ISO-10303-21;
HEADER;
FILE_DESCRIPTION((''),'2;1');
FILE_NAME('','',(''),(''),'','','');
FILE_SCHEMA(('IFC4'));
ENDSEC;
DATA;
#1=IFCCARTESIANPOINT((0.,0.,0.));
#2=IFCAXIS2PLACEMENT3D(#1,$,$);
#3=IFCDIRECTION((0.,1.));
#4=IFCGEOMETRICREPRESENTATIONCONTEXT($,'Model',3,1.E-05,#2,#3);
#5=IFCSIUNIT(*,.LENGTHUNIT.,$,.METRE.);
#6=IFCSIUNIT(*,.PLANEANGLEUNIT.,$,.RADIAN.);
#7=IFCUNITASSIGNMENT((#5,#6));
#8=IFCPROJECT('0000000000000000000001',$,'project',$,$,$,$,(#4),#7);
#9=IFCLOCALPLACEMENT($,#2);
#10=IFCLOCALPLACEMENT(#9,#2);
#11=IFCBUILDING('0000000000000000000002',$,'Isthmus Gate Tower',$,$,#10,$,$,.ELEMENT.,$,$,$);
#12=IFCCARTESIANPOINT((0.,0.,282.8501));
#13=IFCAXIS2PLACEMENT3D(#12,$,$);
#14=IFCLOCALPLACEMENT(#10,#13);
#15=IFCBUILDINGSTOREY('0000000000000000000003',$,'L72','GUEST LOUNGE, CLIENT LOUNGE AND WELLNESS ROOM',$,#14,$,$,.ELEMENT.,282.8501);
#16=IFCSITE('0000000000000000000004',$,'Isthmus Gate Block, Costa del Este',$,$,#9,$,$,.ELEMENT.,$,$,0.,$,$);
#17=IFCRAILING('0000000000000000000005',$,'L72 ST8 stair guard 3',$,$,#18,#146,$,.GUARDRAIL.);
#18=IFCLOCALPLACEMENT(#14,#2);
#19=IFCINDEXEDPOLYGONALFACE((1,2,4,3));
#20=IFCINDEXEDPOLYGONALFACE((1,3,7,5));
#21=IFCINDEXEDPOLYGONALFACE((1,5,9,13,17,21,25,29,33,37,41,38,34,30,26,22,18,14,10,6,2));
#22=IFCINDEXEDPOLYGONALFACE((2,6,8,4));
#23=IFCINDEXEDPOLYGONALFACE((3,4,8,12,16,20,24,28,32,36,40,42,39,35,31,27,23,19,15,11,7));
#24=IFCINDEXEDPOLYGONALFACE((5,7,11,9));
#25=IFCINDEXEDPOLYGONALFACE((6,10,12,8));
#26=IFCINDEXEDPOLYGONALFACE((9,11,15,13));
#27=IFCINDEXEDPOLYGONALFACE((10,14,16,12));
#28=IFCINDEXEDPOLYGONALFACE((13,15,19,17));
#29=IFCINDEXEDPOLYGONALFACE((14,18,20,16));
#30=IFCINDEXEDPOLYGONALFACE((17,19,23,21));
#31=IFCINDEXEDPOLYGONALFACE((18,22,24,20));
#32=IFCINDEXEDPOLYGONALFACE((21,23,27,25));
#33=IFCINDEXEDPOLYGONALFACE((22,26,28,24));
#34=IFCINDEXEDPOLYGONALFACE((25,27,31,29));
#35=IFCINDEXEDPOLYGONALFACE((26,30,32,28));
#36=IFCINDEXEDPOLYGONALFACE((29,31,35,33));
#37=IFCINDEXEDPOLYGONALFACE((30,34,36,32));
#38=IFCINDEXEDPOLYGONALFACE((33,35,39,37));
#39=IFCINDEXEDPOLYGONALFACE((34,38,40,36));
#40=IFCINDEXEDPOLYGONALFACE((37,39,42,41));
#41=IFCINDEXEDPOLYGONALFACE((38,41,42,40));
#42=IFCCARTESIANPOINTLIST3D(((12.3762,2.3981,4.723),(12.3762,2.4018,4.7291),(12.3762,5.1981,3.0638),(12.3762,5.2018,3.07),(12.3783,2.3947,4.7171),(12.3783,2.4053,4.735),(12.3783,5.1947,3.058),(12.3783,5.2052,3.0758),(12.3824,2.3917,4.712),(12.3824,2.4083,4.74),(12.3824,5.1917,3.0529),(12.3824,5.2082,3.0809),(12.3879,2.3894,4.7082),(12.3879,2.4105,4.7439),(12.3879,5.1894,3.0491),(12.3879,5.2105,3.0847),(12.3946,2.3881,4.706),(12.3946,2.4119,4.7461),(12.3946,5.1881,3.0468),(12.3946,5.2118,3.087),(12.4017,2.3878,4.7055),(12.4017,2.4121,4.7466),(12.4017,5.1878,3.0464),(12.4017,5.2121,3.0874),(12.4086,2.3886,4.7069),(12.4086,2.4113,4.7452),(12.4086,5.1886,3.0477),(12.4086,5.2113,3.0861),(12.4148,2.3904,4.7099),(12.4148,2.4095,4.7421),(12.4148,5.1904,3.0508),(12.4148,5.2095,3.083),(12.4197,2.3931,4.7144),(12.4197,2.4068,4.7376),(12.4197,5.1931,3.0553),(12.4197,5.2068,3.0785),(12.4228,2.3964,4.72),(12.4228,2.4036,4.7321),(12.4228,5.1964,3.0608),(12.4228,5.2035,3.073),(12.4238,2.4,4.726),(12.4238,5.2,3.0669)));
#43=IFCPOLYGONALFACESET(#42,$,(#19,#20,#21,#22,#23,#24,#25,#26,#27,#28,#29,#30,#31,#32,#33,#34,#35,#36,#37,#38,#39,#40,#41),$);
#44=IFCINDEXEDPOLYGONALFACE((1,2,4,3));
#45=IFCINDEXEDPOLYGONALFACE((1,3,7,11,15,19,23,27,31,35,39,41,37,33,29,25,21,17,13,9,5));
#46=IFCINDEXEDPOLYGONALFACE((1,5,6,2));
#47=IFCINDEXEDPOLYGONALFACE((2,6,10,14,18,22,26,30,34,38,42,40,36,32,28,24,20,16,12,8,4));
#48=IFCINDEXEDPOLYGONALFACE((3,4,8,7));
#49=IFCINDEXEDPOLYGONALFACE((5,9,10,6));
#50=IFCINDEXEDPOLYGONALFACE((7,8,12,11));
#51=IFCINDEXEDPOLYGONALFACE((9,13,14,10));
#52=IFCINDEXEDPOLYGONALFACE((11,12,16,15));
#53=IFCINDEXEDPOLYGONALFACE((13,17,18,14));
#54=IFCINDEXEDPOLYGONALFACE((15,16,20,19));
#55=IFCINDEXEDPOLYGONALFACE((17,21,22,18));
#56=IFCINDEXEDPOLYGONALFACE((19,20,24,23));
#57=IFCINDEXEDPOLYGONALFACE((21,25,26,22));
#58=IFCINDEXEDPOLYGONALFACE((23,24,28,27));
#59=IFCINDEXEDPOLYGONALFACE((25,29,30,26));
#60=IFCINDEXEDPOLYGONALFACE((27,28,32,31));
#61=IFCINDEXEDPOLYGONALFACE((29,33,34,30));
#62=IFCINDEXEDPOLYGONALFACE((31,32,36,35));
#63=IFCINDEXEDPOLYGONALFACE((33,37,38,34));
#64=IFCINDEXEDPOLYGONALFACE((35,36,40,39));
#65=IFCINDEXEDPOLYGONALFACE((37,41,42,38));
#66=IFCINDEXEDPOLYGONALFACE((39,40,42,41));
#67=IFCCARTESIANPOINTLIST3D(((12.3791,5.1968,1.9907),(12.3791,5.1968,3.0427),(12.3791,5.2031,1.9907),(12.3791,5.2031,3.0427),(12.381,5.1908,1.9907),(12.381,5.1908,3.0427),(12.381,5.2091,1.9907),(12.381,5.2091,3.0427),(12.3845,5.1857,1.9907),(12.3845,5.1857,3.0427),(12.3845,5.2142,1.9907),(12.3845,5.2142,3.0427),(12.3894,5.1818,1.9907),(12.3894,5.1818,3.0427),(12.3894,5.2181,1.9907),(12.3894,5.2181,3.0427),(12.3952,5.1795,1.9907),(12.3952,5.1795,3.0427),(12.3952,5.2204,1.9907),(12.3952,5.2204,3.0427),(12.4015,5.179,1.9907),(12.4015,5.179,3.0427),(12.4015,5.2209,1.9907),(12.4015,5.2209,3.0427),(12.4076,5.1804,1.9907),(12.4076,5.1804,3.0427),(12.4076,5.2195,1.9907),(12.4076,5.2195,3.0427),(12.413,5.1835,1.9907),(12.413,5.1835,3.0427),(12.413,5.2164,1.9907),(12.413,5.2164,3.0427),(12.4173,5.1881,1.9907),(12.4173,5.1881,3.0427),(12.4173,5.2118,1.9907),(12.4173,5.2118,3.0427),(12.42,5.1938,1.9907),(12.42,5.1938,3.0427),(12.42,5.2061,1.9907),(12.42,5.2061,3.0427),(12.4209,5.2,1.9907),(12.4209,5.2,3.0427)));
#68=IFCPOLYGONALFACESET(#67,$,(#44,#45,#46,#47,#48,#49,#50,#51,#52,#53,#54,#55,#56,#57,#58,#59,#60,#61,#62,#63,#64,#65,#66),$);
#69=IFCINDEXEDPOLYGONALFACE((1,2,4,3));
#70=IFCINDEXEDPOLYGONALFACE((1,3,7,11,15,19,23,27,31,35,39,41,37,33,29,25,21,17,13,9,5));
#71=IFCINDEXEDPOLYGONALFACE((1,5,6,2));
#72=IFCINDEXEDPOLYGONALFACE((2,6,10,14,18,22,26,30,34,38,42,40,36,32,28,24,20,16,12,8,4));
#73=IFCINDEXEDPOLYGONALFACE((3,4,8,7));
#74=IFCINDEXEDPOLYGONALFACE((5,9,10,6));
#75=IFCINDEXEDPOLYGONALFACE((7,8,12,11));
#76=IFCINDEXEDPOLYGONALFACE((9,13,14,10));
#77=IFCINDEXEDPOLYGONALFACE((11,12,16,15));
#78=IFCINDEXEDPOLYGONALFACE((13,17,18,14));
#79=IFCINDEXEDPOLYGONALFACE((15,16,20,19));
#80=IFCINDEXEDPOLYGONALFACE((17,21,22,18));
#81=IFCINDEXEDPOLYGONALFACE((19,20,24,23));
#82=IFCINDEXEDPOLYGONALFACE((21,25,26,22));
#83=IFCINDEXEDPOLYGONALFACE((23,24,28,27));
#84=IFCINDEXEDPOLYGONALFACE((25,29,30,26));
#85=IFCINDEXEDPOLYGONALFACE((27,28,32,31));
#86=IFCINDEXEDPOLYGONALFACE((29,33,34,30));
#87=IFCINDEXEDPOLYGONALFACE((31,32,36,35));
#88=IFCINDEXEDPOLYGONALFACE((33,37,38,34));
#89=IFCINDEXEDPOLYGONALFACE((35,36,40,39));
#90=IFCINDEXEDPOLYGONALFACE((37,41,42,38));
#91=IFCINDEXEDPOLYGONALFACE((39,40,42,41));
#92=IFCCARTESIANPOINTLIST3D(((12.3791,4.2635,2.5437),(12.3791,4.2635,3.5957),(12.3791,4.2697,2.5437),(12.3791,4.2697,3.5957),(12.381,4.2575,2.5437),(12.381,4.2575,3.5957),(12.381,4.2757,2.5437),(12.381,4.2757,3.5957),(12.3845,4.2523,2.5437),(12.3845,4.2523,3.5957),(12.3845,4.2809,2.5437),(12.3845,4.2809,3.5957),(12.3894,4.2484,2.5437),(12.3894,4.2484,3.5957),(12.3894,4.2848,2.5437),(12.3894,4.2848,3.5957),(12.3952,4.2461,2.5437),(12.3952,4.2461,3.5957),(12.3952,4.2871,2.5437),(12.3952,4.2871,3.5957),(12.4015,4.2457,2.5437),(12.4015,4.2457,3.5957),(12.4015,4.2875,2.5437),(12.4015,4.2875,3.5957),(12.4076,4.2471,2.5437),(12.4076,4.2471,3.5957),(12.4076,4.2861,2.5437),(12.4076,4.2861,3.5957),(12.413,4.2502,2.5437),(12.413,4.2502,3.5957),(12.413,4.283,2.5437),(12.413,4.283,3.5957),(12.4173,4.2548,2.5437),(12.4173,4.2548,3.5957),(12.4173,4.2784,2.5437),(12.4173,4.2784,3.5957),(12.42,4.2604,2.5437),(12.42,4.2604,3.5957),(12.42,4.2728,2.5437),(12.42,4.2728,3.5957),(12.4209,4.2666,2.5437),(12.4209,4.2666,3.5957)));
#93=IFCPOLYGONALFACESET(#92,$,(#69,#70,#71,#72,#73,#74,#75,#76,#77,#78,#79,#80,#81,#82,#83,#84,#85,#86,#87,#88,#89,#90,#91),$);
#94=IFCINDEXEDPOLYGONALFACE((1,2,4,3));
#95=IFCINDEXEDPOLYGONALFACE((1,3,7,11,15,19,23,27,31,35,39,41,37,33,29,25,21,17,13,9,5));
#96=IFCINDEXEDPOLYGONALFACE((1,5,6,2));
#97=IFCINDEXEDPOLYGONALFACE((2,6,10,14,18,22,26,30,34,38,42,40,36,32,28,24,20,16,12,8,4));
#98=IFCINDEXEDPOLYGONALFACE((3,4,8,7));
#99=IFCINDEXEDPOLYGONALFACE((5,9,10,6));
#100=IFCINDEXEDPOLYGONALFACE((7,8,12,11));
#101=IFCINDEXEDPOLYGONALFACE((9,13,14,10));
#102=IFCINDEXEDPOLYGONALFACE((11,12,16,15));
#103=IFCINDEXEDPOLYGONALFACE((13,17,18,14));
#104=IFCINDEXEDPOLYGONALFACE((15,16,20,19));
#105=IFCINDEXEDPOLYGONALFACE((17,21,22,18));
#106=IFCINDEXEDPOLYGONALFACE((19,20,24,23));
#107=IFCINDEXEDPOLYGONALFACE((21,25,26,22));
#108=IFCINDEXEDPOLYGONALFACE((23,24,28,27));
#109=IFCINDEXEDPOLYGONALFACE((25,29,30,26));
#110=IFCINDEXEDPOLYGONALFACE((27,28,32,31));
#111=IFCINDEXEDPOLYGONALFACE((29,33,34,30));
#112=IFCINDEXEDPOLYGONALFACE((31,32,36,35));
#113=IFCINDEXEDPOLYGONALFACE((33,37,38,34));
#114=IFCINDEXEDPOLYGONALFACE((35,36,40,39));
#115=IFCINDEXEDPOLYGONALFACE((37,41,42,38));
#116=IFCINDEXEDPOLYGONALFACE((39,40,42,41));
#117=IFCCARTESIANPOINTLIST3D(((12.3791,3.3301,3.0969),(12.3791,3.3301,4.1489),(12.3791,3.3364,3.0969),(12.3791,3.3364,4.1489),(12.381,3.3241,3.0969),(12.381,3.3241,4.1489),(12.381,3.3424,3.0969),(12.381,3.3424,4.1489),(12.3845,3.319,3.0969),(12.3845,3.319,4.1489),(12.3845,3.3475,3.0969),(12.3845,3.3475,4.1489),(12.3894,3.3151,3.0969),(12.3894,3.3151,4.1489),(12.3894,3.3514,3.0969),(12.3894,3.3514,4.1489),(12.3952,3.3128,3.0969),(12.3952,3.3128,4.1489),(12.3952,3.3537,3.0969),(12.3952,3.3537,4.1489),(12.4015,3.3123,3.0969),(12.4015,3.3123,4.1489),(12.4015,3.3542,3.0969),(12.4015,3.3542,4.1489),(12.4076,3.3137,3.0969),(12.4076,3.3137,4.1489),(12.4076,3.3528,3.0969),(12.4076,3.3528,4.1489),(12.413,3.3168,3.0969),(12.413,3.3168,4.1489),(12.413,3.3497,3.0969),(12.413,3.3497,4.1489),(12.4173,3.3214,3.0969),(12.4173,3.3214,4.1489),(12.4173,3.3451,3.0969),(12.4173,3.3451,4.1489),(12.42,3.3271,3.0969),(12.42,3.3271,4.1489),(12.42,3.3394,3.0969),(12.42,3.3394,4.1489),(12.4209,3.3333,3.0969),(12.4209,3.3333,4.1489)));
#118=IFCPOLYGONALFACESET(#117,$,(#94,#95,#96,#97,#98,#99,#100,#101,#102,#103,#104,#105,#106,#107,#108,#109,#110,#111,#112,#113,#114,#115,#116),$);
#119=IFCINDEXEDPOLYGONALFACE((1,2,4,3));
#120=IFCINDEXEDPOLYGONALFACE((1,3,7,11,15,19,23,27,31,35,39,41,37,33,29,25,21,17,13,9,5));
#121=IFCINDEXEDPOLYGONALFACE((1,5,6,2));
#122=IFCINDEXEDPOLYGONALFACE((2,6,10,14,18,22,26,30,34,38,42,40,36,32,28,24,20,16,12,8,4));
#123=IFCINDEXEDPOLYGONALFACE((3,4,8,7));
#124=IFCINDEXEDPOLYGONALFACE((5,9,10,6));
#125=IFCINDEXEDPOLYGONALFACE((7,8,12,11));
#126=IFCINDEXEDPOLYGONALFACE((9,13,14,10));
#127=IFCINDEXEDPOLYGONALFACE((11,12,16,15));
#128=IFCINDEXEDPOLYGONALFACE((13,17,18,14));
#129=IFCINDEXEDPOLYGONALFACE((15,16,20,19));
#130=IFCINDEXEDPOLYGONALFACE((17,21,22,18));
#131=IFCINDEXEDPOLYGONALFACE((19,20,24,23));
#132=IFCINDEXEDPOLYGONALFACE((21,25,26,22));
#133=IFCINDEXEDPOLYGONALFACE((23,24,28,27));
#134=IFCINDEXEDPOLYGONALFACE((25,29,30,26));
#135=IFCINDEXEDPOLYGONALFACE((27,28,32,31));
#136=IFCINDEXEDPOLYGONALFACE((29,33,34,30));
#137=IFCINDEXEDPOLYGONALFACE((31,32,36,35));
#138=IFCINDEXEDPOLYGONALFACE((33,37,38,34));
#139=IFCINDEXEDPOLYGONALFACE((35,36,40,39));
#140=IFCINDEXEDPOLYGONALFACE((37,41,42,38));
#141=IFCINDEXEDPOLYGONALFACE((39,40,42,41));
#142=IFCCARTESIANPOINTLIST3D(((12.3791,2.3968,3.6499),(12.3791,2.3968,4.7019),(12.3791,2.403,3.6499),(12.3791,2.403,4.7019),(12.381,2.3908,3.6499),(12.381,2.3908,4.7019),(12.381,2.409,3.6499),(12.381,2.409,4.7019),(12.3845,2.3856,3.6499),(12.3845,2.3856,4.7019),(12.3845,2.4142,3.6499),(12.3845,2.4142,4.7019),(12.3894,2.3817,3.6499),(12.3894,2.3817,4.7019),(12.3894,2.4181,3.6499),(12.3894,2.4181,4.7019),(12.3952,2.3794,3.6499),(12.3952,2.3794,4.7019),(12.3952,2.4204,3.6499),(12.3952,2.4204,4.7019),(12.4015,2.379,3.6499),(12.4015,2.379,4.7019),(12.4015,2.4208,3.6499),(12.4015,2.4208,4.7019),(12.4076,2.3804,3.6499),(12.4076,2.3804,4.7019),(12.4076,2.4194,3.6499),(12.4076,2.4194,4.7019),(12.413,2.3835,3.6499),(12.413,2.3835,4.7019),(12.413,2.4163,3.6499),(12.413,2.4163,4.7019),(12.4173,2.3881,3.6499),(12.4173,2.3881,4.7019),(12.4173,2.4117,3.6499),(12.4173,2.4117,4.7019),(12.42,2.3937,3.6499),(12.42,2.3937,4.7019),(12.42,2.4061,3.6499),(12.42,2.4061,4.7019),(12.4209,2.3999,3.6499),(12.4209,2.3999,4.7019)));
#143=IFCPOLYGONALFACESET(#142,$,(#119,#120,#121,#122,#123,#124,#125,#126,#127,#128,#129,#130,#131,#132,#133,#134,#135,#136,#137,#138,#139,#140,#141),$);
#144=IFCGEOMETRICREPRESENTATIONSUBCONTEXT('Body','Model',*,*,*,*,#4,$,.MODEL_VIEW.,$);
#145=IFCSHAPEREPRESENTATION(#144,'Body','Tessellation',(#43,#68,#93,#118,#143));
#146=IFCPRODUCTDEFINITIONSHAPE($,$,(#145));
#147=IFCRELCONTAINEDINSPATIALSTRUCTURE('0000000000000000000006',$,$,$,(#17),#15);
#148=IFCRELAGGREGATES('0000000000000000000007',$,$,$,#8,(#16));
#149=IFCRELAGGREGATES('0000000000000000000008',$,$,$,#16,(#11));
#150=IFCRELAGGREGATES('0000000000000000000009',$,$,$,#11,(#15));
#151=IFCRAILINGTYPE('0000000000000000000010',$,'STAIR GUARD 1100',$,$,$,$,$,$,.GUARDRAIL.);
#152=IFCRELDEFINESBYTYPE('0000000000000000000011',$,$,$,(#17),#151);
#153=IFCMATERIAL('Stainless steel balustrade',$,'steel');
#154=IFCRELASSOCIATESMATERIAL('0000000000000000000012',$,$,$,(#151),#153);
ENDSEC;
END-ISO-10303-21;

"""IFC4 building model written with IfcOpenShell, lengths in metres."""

from ifc_helpers import new_model, si_unit, direction, frame, origin, origin_2d, place, context, subcontext, project, spatial, circle, extrude, material, type_object, element, save


model = new_model("IFC4")

# Units and contexts
model_context = context("Model", 3, precision=1e-05, world=origin(), true_north=direction((0.0, 1.0)))
body_context = subcontext(model_context, "Body", "Model", "MODEL_VIEW")
ifc_project = project(units=[si_unit("LENGTHUNIT", "METRE"), si_unit("PLANEANGLEUNIT", "RADIAN")], contexts=[model_context])

# Site, building, storey
site_placement = place(None, origin())
site = spatial("IfcSite", under=ifc_project, at=site_placement, Name="Isthmus Gate Block, Costa del Este", CompositionType="ELEMENT", RefElevation=0.0)
building_placement = place(site_placement, origin())
building = spatial("IfcBuilding", under=site, at=building_placement, Name="Isthmus Gate Tower", CompositionType="ELEMENT")
storey_placement = place(building_placement, frame((0.0, 0.0, 282.8501)))
storey = spatial("IfcBuildingStorey", under=building, at=storey_placement, Name="L72", Description="GUEST LOUNGE, CLIENT LOUNGE AND WELLNESS ROOM", CompositionType="ELEMENT", Elevation=282.8501)

# Railing
ifc_material_1 = material(Name="Stainless steel balustrade", Category="steel")
railing_type_1 = type_object("IfcRailingType", Name="STAIR GUARD 1100", PredefinedType="GUARDRAIL", material=ifc_material_1)
railing_placement = place(storey_placement, frame((12.3999, 5.2, 1.9907)))
element("IfcRailing", 1, at=railing_placement, inside=storey, type_object=railing_type_1, Name="L72 ST8 stair guard 3", PredefinedType="GUARDRAIL", context=body_context, shape_type="SweptSolid", body=[
    extrude(circle(Radius=0.0239, at=origin_2d()), frame((0.0, 0.0, 1.0762), z_axis=(0.0, -0.860306, 0.509778), x_axis=(1.0, 0.0, 0.0)), (0.0, 0.0, 1.0), 3.2546),
    extrude(circle(Radius=0.021, at=origin_2d()), origin(), (0.0, 0.0, 1.0), 1.052),
    extrude(circle(Radius=0.021, at=origin_2d()), frame((0.0, -0.9333, 0.553)), (0.0, 0.0, 1.0), 1.052),
    extrude(circle(Radius=0.021, at=origin_2d()), frame((0.0, -1.8667, 1.1062)), (0.0, 0.0, 1.0), 1.052),
    extrude(circle(Radius=0.021, at=origin_2d()), frame((0.0, -2.8, 1.6592)), (0.0, 0.0, 1.0), 1.052),
])

save(model, "model.ifc")
